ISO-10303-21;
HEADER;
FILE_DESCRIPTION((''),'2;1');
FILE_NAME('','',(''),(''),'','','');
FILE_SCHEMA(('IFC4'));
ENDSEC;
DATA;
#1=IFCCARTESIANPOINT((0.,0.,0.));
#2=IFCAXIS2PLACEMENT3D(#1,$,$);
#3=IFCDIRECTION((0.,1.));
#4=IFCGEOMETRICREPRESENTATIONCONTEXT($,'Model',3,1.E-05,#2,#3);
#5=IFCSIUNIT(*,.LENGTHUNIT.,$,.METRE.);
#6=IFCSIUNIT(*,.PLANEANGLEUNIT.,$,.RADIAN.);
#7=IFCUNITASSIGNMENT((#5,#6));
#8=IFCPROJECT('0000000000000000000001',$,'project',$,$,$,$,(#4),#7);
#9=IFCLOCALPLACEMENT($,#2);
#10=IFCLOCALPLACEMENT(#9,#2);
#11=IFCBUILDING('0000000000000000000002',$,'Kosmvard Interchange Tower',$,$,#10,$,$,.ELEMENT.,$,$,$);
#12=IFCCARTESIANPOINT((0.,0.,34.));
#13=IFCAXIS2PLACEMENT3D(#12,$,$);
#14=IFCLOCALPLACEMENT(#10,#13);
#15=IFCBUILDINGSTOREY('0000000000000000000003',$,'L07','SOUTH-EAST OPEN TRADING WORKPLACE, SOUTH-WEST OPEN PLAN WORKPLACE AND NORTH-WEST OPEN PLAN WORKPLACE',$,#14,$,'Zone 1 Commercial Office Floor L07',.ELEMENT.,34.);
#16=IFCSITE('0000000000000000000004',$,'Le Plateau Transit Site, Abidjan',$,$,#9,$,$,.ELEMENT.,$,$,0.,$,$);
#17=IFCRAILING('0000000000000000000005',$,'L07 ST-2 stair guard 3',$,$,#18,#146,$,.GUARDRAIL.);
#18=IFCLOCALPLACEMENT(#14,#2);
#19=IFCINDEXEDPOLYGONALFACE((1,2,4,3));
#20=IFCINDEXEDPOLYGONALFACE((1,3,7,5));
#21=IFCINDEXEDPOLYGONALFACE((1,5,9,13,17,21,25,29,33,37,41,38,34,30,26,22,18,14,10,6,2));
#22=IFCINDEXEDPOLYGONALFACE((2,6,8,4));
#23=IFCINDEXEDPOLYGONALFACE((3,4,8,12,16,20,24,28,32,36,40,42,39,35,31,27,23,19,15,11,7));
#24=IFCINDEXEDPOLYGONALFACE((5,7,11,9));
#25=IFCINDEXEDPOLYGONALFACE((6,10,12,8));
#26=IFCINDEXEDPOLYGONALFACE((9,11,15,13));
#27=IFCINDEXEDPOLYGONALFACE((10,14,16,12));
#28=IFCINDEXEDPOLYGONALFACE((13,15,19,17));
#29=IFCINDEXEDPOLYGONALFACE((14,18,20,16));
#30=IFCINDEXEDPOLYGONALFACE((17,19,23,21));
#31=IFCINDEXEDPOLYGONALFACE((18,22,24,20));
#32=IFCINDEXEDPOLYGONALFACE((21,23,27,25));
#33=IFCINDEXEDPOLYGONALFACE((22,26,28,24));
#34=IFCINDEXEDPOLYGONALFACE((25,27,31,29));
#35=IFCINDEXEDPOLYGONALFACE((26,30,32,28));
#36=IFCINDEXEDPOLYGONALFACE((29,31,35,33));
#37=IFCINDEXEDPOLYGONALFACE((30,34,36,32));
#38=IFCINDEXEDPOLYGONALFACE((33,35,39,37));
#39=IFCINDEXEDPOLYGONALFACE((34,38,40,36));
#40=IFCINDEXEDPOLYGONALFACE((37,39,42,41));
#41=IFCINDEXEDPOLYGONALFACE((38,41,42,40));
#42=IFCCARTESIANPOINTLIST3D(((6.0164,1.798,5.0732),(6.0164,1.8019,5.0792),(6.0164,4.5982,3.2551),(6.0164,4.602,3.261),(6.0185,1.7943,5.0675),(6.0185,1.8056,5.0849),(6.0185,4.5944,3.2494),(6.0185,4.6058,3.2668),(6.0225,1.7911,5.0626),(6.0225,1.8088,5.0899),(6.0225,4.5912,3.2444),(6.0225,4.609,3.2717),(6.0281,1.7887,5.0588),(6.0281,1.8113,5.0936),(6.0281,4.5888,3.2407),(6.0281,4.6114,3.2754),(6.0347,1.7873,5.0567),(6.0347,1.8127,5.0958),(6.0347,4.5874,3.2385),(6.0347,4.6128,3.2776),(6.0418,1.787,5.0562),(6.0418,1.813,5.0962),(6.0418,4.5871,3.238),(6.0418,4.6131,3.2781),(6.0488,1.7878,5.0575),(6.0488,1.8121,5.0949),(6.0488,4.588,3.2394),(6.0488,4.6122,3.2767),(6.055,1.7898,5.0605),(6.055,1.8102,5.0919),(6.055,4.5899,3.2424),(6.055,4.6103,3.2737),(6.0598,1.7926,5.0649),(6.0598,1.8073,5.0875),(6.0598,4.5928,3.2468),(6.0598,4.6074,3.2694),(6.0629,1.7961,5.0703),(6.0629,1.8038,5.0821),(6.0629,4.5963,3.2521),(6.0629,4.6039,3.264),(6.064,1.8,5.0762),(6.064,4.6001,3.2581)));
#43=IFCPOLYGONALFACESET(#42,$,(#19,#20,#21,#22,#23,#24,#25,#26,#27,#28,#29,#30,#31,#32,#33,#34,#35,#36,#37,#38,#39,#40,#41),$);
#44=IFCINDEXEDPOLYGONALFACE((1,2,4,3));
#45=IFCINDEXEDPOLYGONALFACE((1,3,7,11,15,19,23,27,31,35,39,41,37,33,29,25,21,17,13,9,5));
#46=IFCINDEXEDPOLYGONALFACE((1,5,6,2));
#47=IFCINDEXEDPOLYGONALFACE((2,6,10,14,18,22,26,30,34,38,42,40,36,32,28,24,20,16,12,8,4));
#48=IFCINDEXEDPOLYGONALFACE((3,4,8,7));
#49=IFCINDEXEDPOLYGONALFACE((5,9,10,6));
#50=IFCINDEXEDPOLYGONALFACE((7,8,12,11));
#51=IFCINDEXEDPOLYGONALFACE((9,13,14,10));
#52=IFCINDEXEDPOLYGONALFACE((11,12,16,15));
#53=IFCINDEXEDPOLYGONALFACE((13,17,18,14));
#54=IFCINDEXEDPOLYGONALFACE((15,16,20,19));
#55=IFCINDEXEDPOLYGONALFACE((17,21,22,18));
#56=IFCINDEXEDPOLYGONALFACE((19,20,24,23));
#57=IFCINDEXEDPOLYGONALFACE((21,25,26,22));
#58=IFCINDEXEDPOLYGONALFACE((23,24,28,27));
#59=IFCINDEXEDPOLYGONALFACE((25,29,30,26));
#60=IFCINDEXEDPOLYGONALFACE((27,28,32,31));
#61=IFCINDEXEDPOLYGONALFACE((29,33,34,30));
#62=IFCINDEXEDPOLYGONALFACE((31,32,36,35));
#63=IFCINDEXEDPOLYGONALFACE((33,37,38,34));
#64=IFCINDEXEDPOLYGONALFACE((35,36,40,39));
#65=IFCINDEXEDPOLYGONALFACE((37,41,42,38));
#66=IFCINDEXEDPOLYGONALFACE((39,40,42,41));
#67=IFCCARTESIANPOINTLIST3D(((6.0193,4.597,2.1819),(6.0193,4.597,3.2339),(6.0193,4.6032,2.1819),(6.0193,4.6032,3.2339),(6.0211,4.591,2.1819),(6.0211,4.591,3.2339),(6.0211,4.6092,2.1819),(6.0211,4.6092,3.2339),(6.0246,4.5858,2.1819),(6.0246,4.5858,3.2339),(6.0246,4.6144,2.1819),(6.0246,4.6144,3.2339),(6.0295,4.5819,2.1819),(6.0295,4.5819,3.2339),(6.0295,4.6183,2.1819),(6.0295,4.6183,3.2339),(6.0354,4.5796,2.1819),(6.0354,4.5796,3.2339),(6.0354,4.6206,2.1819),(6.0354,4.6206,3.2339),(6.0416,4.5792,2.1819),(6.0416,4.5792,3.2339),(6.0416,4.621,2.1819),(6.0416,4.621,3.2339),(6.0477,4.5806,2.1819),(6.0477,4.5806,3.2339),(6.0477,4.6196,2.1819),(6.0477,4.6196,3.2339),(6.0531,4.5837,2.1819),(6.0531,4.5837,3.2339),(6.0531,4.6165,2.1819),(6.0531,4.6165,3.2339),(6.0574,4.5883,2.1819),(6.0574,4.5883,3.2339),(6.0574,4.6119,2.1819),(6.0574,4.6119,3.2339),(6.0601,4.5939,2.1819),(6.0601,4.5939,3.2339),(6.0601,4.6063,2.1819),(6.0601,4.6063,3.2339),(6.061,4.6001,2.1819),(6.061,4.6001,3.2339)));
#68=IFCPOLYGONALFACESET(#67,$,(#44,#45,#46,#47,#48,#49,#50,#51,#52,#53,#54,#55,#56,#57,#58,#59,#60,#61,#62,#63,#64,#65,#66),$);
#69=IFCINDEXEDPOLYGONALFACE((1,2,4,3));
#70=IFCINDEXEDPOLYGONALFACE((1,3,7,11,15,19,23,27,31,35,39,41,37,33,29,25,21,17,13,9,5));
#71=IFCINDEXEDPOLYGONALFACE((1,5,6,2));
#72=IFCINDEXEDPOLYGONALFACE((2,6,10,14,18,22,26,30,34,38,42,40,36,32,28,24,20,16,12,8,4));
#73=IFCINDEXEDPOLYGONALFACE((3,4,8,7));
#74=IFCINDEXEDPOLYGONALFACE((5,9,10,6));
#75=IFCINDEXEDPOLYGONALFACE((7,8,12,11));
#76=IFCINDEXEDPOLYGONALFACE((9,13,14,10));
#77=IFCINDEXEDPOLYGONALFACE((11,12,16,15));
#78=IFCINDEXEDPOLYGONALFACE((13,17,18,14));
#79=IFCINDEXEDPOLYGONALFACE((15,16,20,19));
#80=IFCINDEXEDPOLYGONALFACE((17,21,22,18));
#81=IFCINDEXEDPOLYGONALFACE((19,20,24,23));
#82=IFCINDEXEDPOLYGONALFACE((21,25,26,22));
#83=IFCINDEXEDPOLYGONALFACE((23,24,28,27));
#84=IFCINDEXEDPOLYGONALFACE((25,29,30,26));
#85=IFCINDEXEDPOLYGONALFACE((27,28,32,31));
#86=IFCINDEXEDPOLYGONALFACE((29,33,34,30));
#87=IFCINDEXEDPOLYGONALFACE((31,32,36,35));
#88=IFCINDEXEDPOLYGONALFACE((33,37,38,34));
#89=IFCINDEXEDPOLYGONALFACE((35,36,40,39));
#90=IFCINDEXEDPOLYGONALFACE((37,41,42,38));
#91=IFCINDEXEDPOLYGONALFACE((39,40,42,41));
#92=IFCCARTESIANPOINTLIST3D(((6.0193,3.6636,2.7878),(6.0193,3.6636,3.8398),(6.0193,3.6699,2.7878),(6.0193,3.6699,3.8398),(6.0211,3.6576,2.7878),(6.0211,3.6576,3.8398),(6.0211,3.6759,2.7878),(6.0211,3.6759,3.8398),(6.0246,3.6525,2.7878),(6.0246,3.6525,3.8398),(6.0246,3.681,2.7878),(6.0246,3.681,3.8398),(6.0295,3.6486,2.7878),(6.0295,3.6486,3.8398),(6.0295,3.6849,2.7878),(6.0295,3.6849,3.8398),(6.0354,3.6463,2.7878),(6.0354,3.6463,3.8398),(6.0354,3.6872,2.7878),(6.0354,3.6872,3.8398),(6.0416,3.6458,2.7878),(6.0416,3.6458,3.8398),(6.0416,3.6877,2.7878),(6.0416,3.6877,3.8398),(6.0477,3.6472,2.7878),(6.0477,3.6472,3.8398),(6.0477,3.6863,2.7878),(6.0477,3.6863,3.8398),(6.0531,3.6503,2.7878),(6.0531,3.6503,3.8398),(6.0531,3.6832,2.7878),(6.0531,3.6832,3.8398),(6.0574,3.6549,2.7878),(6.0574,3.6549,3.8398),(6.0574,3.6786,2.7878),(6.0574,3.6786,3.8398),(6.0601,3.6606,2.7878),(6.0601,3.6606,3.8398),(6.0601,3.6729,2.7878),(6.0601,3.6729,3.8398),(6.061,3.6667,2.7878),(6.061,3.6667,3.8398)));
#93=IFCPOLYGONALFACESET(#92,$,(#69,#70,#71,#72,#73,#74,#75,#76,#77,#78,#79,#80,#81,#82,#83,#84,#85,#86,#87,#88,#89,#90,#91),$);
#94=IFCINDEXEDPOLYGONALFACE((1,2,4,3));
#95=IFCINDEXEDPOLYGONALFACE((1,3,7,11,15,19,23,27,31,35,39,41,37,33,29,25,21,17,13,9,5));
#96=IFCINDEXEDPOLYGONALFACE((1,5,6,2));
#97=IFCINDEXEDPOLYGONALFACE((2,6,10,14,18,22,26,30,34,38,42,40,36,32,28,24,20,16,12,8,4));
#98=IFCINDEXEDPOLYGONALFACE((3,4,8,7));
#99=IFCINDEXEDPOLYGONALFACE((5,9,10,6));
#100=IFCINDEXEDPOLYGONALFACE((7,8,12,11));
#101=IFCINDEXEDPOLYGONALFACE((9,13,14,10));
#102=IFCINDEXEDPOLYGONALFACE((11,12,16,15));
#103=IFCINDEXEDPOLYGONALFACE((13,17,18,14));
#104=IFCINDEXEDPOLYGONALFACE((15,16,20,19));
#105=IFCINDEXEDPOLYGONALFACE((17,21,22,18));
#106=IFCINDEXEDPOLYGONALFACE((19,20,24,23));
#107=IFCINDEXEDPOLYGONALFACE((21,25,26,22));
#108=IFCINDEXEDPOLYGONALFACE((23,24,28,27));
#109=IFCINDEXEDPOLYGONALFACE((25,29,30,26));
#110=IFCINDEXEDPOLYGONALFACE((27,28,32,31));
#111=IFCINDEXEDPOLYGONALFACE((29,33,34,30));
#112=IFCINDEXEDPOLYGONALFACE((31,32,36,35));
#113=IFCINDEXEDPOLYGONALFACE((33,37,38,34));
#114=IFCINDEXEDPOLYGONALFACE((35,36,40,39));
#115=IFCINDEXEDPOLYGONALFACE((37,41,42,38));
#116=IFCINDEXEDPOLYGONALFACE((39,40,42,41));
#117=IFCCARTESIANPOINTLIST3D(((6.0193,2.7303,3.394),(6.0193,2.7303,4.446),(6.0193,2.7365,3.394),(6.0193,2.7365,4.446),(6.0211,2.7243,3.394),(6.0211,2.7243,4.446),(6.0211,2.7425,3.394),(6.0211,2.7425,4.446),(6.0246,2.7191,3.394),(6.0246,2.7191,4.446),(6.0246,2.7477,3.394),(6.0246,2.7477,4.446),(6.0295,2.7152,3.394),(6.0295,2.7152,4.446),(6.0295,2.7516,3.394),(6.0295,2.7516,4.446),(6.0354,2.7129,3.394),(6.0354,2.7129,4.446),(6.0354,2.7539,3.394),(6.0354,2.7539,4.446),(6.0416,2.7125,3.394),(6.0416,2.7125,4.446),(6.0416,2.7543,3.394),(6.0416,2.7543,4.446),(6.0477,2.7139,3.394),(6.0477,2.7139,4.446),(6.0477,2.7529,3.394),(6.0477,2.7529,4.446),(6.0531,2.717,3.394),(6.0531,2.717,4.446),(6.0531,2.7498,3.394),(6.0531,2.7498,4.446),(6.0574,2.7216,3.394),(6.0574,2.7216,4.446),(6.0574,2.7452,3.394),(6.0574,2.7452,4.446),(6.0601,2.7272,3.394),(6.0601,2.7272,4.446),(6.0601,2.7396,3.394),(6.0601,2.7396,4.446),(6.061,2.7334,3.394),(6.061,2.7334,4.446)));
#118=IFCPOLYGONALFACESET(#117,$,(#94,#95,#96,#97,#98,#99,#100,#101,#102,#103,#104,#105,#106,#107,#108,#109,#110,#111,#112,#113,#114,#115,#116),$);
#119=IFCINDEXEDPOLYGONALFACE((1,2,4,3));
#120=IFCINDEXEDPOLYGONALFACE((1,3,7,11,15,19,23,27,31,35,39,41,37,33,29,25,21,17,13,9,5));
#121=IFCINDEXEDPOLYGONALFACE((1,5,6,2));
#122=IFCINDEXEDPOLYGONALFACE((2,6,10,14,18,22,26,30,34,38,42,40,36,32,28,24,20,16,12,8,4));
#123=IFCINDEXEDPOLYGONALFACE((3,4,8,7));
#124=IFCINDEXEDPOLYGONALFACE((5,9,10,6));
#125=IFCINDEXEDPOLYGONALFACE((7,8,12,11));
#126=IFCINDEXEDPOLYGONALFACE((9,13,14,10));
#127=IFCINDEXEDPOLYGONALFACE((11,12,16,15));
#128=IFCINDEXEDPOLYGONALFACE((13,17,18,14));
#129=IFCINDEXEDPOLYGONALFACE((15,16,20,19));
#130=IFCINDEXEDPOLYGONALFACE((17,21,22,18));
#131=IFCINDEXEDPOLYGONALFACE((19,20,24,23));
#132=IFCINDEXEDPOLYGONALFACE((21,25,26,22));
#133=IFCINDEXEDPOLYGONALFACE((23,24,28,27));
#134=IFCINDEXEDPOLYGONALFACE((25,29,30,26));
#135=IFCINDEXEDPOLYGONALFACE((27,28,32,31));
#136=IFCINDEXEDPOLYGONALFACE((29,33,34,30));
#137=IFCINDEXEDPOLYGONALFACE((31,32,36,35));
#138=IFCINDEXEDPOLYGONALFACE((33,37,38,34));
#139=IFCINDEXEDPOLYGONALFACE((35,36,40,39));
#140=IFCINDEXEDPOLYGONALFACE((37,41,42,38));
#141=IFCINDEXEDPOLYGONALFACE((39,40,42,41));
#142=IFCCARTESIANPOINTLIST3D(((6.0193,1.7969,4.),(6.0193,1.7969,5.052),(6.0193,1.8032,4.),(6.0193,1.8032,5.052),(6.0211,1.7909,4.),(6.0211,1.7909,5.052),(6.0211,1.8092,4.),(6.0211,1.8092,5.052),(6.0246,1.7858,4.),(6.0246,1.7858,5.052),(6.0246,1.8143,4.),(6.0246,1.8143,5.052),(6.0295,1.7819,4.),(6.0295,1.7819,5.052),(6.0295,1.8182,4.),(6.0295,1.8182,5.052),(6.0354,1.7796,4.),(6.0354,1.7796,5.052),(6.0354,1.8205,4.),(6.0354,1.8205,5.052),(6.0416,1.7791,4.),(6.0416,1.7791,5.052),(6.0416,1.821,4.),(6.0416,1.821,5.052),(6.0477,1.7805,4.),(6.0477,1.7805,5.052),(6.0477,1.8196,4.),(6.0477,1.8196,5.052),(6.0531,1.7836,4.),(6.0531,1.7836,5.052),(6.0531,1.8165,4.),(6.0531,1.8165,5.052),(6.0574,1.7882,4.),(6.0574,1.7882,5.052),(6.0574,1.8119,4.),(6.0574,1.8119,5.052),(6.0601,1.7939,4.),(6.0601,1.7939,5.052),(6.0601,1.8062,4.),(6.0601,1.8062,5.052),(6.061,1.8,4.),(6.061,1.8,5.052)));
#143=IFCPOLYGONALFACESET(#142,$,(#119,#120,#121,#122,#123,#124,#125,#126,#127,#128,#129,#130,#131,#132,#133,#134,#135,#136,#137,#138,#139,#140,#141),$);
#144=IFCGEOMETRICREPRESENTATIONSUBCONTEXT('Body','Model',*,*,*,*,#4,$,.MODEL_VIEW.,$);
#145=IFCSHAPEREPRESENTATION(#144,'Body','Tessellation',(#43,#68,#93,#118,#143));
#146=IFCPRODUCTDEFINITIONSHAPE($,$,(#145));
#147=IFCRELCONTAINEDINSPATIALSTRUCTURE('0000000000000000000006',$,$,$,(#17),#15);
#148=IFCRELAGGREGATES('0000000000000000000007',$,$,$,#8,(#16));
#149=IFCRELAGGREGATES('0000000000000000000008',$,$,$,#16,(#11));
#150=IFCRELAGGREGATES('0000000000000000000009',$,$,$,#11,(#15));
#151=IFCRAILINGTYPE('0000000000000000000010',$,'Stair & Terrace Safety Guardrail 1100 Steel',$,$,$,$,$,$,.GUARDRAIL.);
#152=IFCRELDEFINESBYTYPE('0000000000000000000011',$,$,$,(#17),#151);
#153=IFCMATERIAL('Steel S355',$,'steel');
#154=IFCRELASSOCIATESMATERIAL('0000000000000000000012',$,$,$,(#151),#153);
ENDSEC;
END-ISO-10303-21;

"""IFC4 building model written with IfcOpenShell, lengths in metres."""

from ifc_helpers import new_model, si_unit, direction, frame, origin, origin_2d, place, context, subcontext, project, spatial, circle, extrude, source, transform, mapped, material, type_object, element, save


model = new_model("IFC4")

# Units and contexts
model_context = context("Model", 3, precision=1e-05, world=origin(), true_north=direction((0.0, 1.0)))
body_context = subcontext(model_context, "Body", "Model", "MODEL_VIEW")
ifc_project = project(units=[si_unit("LENGTHUNIT", "METRE"), si_unit("PLANEANGLEUNIT", "RADIAN")], contexts=[model_context])

# Site, building, storey
site_placement = place(None, origin())
site = spatial("IfcSite", under=ifc_project, at=site_placement, Name="Le Plateau Transit Site, Abidjan", CompositionType="ELEMENT", RefElevation=0.0)
building_placement = place(site_placement, origin())
building = spatial("IfcBuilding", under=site, at=building_placement, Name="Kosmvard Interchange Tower", CompositionType="ELEMENT")
storey_placement = place(building_placement, frame((0.0, 0.0, 34.0)))
storey = spatial("IfcBuildingStorey", under=building, at=storey_placement, Name="L07", Description="SOUTH-EAST OPEN TRADING WORKPLACE, SOUTH-WEST OPEN PLAN WORKPLACE AND NORTH-WEST OPEN PLAN WORKPLACE", LongName="Zone 1 Commercial Office Floor L07", CompositionType="ELEMENT", Elevation=34.0)

# Shared definitions
ifc_material_1 = material(Name="Steel S355", Category="steel")

# Railing
railing_type_1 = type_object("IfcRailingType", Name="Stair & Terrace Safety Guardrail 1100 Steel", PredefinedType="GUARDRAIL", material=ifc_material_1)
shared_shape_1 = source(origin(), body_context, "Body", "SweptSolid", [
    extrude(circle(Radius=0.0239, at=origin_2d()), frame((0.0, 0.0, 1.0762), z_axis=(0.0, -0.838706, 0.544585), x_axis=(1.0, 0.0, 0.0)), (0.0, 0.0, 1.0), 3.3386),
    extrude(circle(Radius=0.021, at=origin_2d()), origin(), (0.0, 0.0, 1.0), 1.052),
    extrude(circle(Radius=0.021, at=origin_2d()), frame((0.0, -0.9333, 0.606)), (0.0, 0.0, 1.0), 1.052),
    extrude(circle(Radius=0.021, at=origin_2d()), frame((0.0, -1.8667, 1.2122)), (0.0, 0.0, 1.0), 1.052),
    extrude(circle(Radius=0.021, at=origin_2d()), frame((0.0, -2.8, 1.8181)), (0.0, 0.0, 1.0), 1.052),
])
railing_1_placement = place(storey_placement, frame((6.04, 4.6001, 2.1819)))
element("IfcRailing", 1, at=railing_1_placement, inside=storey, type_object=railing_type_1, Name="L07 ST-2 stair guard 3", PredefinedType="GUARDRAIL", context=body_context, shape_type="MappedRepresentation", body=[
    mapped(shared_shape_1, transform((0.0, 0.0, 0.0), scale=1.0)),
])

save(model, "model.ifc")
